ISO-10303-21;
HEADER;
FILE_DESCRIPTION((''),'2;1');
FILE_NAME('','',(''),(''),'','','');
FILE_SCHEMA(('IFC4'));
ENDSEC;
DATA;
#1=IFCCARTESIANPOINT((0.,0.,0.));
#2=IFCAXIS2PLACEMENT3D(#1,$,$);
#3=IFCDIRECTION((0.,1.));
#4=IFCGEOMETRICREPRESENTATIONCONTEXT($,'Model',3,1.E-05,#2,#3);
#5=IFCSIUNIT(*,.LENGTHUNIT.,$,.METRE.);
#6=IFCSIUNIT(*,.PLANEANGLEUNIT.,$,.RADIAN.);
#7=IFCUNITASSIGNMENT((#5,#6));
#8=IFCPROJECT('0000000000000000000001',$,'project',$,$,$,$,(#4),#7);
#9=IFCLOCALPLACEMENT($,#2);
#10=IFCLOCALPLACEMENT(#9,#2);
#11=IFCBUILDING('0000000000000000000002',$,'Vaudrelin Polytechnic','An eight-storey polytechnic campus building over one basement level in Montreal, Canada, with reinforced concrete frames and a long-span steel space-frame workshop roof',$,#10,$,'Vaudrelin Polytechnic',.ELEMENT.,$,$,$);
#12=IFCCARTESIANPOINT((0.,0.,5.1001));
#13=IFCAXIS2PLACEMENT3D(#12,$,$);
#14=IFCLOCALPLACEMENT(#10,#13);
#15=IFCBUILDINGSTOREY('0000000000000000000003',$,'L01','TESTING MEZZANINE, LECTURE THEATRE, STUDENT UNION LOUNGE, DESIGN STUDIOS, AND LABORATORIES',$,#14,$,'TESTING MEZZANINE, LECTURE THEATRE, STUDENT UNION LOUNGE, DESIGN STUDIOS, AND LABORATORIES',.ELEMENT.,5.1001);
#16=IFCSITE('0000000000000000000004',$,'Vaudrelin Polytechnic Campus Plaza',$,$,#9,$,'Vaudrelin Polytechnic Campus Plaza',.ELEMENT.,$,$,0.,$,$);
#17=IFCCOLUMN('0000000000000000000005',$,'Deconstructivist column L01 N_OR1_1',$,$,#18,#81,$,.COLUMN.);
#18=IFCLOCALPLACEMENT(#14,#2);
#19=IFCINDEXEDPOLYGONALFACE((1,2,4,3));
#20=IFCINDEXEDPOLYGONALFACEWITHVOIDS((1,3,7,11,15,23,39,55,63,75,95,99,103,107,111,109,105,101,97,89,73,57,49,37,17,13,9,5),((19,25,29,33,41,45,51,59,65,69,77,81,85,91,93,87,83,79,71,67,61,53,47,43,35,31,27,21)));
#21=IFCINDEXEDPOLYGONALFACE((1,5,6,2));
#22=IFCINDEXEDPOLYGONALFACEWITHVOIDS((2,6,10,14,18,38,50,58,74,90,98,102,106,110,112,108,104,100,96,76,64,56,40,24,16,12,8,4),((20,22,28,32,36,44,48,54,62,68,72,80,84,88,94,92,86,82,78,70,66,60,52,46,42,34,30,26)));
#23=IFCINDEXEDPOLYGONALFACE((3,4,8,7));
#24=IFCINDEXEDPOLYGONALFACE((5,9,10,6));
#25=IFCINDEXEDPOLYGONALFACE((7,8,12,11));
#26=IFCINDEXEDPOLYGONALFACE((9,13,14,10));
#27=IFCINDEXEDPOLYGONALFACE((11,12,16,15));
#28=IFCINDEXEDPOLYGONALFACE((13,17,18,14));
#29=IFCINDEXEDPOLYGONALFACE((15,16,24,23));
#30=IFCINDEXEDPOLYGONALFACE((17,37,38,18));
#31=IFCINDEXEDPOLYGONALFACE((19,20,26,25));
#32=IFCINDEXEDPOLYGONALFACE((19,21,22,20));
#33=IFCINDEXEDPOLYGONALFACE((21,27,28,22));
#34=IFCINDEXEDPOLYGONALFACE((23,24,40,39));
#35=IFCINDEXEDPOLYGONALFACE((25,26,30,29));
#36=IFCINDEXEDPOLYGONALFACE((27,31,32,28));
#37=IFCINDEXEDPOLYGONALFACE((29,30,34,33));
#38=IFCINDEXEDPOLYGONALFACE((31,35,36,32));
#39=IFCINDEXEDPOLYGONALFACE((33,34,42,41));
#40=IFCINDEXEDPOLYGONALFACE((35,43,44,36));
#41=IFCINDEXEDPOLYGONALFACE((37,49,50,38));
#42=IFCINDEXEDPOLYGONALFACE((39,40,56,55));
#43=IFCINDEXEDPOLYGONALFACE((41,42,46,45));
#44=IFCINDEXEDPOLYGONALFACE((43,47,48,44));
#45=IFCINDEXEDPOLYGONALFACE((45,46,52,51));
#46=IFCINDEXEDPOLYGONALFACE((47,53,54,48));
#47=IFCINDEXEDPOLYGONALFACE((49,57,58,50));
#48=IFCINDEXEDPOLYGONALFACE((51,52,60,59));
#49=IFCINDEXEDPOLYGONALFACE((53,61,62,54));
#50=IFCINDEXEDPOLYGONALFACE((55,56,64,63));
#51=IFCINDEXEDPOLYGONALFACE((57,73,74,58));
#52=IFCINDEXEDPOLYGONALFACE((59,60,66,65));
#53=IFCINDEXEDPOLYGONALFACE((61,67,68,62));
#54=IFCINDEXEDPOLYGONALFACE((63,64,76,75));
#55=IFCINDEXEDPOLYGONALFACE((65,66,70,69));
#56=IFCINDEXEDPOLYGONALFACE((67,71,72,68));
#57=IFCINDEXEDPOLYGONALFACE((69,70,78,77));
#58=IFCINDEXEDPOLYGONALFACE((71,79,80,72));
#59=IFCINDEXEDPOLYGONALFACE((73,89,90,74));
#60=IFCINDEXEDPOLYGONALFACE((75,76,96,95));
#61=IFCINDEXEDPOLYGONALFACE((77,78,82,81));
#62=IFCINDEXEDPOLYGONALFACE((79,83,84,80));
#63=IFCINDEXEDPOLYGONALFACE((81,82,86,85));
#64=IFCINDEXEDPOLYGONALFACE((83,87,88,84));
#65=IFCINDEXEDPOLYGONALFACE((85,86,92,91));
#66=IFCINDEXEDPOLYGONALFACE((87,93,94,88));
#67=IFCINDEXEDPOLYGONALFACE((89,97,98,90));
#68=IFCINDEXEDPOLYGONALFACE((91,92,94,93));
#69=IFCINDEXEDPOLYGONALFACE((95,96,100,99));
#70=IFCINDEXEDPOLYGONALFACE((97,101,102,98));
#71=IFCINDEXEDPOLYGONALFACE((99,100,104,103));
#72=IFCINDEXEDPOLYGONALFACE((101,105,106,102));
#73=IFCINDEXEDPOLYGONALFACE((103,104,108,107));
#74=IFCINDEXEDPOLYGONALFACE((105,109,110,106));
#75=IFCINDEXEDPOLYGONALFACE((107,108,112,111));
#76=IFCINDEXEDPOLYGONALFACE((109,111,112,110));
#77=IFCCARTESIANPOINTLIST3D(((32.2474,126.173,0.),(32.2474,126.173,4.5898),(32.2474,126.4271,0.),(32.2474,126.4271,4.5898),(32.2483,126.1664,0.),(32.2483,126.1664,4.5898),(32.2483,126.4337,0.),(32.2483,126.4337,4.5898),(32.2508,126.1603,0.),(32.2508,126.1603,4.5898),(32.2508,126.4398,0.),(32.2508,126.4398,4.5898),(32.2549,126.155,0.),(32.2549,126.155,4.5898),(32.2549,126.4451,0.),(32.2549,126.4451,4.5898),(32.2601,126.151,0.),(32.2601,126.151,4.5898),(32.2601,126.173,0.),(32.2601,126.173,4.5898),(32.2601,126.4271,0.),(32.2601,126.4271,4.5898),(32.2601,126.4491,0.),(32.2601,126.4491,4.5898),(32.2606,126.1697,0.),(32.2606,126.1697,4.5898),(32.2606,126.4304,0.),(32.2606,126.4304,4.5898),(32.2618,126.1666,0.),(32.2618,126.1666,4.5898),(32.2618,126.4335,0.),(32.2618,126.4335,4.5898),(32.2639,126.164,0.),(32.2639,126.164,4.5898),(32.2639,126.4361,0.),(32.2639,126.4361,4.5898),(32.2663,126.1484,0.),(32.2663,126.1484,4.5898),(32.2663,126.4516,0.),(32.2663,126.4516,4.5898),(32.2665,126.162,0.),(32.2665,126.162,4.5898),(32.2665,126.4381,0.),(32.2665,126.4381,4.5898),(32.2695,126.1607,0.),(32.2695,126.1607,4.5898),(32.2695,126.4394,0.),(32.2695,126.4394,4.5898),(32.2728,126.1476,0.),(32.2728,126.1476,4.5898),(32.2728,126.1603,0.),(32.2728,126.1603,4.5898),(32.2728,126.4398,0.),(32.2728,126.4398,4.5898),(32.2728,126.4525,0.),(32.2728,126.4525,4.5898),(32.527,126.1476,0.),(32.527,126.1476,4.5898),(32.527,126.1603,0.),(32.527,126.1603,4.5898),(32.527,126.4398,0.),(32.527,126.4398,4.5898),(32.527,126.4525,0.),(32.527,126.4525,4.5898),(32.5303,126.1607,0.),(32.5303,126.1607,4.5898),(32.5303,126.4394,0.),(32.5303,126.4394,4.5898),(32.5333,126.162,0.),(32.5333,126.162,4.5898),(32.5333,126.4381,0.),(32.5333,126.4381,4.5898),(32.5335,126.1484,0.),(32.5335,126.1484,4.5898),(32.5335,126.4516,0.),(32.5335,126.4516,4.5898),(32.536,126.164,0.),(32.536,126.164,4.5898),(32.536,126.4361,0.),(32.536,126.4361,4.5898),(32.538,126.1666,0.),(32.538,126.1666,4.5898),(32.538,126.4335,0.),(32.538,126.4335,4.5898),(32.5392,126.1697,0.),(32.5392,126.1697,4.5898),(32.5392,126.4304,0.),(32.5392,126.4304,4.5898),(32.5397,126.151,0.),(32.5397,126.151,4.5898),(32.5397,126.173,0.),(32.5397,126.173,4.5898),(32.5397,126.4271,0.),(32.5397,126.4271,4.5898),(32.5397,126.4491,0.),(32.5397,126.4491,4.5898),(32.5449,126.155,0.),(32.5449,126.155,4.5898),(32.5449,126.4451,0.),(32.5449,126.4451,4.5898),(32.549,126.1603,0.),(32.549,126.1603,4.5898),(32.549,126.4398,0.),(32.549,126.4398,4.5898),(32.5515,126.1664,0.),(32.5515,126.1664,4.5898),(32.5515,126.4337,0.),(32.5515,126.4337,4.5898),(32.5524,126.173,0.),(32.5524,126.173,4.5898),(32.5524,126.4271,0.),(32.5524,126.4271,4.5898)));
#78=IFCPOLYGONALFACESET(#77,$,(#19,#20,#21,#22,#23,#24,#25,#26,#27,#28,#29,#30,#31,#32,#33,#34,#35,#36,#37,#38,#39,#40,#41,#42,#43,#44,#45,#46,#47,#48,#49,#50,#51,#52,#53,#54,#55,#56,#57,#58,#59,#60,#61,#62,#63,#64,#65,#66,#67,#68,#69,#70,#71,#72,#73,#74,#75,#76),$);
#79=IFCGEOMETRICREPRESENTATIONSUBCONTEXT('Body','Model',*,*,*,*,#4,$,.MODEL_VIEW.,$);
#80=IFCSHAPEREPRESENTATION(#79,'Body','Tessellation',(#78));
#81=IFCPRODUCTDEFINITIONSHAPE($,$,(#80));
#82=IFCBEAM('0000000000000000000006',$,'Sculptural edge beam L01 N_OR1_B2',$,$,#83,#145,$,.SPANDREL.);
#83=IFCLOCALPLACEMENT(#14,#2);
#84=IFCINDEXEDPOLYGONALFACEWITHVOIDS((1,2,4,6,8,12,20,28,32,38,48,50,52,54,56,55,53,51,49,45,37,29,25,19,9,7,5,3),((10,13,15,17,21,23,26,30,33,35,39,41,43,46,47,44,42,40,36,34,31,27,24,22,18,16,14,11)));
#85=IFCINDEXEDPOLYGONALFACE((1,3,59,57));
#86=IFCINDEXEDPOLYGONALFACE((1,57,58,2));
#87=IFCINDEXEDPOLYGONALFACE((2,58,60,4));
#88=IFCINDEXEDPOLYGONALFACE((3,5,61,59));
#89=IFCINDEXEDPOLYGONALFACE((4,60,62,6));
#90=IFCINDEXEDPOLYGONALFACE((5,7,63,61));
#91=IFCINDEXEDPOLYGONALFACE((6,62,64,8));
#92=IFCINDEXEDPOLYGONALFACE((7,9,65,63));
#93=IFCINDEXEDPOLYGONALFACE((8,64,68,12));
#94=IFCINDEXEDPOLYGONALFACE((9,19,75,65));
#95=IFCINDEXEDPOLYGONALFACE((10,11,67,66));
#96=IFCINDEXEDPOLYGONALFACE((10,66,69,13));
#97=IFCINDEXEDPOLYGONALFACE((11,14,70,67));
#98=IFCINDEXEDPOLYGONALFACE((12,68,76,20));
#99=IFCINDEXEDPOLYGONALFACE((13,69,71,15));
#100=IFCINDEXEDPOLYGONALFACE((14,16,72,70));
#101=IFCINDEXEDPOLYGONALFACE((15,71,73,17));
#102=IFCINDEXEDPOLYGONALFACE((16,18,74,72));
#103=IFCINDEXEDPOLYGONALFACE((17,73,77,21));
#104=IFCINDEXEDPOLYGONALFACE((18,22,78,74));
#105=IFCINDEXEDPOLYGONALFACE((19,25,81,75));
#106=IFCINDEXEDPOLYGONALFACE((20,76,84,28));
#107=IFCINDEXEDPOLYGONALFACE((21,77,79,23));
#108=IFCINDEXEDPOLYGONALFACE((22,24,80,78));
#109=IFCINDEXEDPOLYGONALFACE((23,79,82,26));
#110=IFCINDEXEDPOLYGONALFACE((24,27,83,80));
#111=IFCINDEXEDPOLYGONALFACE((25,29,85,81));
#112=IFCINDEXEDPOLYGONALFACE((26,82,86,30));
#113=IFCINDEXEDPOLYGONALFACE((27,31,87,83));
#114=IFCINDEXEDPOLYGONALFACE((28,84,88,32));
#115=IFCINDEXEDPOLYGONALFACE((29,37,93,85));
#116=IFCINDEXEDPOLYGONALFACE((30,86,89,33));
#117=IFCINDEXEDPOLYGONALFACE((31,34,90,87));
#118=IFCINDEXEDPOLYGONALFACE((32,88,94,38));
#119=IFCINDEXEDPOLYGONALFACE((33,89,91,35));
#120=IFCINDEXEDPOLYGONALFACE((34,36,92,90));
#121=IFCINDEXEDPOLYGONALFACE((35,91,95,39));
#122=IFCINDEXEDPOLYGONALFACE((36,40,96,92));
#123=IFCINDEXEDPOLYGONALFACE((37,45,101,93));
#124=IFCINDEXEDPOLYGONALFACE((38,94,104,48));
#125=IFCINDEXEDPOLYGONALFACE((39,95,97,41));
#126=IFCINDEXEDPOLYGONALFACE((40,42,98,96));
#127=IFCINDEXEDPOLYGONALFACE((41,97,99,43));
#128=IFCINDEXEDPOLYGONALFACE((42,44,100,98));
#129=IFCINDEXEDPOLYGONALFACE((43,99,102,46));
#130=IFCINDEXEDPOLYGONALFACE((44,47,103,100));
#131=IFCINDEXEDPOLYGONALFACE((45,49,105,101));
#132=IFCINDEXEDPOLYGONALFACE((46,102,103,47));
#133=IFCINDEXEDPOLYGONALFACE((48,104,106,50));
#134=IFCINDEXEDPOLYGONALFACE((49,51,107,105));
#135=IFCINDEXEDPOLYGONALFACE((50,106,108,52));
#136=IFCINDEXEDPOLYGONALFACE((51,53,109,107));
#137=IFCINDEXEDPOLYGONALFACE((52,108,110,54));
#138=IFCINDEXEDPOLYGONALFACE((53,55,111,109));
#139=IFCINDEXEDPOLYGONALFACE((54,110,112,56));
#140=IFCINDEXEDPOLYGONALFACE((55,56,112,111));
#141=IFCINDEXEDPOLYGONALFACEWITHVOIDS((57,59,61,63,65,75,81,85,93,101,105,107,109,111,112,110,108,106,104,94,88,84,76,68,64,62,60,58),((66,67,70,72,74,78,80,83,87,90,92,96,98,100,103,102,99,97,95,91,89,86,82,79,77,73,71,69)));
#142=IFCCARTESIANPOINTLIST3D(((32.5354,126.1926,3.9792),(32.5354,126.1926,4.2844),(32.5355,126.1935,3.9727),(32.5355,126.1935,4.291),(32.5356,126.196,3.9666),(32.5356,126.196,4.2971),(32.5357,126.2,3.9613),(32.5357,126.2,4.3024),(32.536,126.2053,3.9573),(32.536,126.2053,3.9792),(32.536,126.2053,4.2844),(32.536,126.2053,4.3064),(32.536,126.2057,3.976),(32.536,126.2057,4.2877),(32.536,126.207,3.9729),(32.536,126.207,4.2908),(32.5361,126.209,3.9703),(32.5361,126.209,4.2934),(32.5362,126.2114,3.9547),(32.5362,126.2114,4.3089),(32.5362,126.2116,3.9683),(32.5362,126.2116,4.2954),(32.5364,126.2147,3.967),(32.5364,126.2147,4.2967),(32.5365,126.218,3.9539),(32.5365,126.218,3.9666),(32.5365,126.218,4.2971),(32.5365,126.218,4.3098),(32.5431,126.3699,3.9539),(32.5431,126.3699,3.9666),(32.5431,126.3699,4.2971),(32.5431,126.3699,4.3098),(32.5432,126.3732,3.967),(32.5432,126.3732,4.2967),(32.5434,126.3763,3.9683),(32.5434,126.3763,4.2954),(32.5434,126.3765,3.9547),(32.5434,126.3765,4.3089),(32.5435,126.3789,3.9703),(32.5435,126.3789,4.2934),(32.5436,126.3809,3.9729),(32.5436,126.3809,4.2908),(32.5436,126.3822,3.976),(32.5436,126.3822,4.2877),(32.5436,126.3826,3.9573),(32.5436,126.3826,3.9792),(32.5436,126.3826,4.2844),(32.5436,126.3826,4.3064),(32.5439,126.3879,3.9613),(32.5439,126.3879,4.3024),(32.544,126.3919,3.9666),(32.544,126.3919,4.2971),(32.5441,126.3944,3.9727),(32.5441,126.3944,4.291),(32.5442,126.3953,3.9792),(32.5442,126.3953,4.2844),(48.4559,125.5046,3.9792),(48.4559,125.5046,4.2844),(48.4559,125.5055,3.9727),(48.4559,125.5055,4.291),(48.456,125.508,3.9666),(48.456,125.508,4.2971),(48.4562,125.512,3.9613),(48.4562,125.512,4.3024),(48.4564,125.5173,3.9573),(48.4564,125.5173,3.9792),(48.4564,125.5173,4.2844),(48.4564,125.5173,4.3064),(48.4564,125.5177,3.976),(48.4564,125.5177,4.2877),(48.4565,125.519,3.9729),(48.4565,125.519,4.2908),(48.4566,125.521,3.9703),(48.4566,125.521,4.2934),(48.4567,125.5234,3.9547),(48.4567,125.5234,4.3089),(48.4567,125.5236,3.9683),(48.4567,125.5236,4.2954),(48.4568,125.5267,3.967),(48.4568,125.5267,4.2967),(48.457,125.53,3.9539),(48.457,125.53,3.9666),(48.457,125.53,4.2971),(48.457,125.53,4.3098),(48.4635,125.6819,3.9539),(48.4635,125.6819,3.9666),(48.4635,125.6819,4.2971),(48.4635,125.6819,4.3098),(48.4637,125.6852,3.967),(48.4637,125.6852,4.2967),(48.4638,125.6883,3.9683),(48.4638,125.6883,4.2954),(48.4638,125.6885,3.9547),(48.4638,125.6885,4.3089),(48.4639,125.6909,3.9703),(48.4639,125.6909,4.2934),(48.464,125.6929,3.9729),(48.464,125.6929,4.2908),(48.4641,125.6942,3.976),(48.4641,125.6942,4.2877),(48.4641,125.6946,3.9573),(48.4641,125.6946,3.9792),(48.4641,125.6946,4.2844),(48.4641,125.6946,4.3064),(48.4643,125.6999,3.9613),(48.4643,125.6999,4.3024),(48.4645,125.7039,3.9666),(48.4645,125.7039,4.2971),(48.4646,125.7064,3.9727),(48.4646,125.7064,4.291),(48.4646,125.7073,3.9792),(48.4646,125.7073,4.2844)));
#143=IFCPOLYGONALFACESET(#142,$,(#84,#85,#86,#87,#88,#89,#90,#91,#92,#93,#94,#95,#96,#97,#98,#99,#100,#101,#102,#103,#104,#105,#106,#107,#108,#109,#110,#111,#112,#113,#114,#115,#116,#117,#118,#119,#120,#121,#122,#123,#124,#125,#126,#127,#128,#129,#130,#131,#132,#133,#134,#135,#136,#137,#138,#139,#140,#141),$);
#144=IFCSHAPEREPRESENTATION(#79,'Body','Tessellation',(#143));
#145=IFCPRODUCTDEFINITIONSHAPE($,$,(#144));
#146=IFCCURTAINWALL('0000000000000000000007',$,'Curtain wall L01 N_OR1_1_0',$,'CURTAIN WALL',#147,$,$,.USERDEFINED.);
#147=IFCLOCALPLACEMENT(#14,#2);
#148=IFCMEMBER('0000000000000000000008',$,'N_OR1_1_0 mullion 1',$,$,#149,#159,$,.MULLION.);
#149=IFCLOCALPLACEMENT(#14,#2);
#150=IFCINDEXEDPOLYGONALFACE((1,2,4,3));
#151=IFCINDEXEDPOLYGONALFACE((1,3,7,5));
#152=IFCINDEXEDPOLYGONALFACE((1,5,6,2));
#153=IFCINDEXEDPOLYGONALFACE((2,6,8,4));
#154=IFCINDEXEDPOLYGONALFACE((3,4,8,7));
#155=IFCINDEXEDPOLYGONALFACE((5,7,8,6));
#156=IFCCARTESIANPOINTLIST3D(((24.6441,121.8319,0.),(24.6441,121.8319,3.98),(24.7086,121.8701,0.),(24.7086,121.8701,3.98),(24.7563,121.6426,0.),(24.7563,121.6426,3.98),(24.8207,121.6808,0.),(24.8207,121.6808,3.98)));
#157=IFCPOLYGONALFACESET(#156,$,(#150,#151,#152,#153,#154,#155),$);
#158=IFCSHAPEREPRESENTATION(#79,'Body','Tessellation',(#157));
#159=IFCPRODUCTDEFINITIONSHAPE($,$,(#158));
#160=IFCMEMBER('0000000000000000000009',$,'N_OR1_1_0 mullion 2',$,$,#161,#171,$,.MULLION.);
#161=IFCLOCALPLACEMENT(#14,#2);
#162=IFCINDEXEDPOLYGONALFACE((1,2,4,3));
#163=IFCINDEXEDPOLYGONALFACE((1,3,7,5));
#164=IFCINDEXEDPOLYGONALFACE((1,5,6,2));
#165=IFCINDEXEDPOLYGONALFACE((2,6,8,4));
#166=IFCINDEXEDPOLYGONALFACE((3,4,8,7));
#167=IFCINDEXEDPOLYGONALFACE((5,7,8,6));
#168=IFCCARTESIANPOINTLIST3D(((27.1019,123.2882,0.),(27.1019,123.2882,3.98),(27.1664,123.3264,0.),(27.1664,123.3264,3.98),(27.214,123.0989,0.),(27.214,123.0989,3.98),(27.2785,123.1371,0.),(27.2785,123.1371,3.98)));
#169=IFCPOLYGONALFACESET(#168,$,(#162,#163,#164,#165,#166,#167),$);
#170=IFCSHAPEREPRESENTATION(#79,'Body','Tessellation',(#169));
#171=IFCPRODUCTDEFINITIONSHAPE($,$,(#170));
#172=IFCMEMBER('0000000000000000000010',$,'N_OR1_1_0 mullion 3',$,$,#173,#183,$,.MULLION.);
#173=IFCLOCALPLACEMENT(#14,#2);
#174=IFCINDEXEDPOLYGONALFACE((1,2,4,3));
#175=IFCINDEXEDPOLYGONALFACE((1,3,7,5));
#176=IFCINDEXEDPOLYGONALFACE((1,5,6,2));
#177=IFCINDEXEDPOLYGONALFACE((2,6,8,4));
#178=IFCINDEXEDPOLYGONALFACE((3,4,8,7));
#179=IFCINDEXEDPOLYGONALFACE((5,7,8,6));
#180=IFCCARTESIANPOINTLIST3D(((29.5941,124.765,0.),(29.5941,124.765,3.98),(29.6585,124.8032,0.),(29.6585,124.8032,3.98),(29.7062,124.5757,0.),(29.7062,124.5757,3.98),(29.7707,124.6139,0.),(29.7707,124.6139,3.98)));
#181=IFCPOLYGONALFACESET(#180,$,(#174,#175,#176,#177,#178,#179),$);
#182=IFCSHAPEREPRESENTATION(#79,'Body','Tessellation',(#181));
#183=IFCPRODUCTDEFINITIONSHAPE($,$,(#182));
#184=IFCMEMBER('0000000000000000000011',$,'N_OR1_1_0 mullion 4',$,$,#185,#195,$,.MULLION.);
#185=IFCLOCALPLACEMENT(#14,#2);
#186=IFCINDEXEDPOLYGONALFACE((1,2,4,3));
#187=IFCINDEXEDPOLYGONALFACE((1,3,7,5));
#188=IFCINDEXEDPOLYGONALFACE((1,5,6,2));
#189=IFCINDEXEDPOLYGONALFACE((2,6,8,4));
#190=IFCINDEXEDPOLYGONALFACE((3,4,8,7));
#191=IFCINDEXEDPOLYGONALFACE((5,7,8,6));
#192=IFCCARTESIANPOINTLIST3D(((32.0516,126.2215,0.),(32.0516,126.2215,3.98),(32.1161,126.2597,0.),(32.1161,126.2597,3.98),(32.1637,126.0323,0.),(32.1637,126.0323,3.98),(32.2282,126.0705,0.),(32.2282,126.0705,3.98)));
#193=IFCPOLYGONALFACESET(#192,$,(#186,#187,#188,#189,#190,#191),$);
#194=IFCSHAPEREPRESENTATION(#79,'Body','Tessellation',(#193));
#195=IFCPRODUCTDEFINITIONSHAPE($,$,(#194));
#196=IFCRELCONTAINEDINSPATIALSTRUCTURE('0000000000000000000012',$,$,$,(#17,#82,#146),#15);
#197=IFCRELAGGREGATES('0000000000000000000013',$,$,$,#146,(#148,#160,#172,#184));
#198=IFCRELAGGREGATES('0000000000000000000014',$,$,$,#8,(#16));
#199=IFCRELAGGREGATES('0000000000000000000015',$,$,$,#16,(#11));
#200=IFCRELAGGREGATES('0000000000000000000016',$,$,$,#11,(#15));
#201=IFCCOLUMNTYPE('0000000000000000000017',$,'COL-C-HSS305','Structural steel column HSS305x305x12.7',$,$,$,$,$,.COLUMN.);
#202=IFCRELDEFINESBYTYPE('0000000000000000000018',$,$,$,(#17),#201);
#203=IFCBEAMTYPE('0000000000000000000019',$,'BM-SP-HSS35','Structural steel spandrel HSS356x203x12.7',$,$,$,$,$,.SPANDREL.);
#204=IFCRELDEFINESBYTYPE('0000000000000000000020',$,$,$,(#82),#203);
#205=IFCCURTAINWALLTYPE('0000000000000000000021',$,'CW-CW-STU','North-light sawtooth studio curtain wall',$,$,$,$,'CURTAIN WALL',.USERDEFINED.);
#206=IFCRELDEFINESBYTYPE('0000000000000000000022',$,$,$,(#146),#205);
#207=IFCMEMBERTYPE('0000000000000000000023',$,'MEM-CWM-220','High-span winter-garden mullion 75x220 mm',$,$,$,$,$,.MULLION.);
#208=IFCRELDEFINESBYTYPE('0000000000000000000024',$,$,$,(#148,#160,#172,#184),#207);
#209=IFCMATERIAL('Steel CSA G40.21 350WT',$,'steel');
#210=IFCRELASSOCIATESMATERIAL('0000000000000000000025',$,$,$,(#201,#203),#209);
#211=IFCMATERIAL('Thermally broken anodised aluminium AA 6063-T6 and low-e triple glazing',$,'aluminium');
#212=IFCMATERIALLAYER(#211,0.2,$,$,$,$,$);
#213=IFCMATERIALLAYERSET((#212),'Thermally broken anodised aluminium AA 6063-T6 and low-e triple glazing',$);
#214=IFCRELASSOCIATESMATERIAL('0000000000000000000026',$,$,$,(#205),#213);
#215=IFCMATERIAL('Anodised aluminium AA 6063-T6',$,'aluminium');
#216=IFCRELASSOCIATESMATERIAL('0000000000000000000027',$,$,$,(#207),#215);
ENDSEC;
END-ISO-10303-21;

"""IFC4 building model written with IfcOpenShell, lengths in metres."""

from ifc_helpers import new_model, si_unit, direction, frame, origin, origin_2d, place, context, subcontext, project, spatial, rectangle, hollow_rectangle, extrude, material, layer, layer_set, material_profile, profile_set, type_object, element, aggregate, save


model = new_model("IFC4")

# Units and contexts
model_context = context("Model", 3, precision=1e-05, world=origin(), true_north=direction((0.0, 1.0)))
body_context = subcontext(model_context, "Body", "Model", "MODEL_VIEW")
ifc_project = project(units=[si_unit("LENGTHUNIT", "METRE"), si_unit("PLANEANGLEUNIT", "RADIAN")], contexts=[model_context])

# Site, building, storey
site_placement = place(None, origin())
site = spatial("IfcSite", under=ifc_project, at=site_placement, Name="Vaudrelin Polytechnic Campus Plaza", LongName="Vaudrelin Polytechnic Campus Plaza", CompositionType="ELEMENT", RefElevation=0.0)
building_placement = place(site_placement, origin())
building = spatial("IfcBuilding", under=site, at=building_placement, Name="Vaudrelin Polytechnic", Description="An eight-storey polytechnic campus building over one basement level in Montreal, Canada, with reinforced concrete frames and a long-span steel space-frame workshop roof", LongName="Vaudrelin Polytechnic", CompositionType="ELEMENT")
storey_placement = place(building_placement, frame((0.0, 0.0, 5.1001)))
storey = spatial("IfcBuildingStorey", under=building, at=storey_placement, Name="L01", Description="TESTING MEZZANINE, LECTURE THEATRE, STUDENT UNION LOUNGE, DESIGN STUDIOS, AND LABORATORIES", LongName="TESTING MEZZANINE, LECTURE THEATRE, STUDENT UNION LOUNGE, DESIGN STUDIOS, AND LABORATORIES", CompositionType="ELEMENT", Elevation=5.1001)

# Column
ifc_material_1 = material(Name="Steel CSA G40.21 350WT", Category="steel")
ifc_material_profile_1 = material_profile(ifc_material_1, hollow_rectangle(XDim=0.3049, YDim=0.3049, WallThickness=0.0127, InnerFilletRadius=0.0127, OuterFilletRadius=0.0254, at=origin_2d()), Name="HSS305x305x12.7")
ifc_profile_set_1 = profile_set([ifc_material_profile_1], Name="Steel CSA G40.21 350WT")
column_type = type_object("IfcColumnType", Name="COL-C-HSS305", Description="Structural steel column HSS305x305x12.7", PredefinedType="COLUMN", material=ifc_profile_set_1)
column_placement = place(storey_placement, frame((32.3999, 126.3, 0.0), z_axis=(0.0, 0.0, 1.0), x_axis=(1.0, 0.0, 0.0)))
element("IfcColumn", 1, at=column_placement, inside=storey, type_object=column_type, Name="Deconstructivist column L01 N_OR1_1", PredefinedType="COLUMN", context=body_context, shape_type="SweptSolid", body=[
    extrude(hollow_rectangle(XDim=0.3049, YDim=0.3049, WallThickness=0.0127, InnerFilletRadius=0.0127, OuterFilletRadius=0.0254, at=origin_2d()), origin(), (0.0, 0.0, 1.0), 4.5898),
])

# Beam
ifc_material_profile_2 = material_profile(ifc_material_1, hollow_rectangle(XDim=0.2029, YDim=0.356, WallThickness=0.0127, InnerFilletRadius=0.0127, OuterFilletRadius=0.0254, at=origin_2d()), Name="HSS356x203x12.7")
ifc_profile_set_2 = profile_set([ifc_material_profile_2], Name="Steel CSA G40.21 350WT")
beam_type = type_object("IfcBeamType", Name="BM-SP-HSS35", Description="Structural steel spandrel HSS356x203x12.7", PredefinedType="SPANDREL", material=ifc_profile_set_2)
beam_placement = place(storey_placement, frame((32.5398, 126.2939, 4.1318), z_axis=(0.999068, -0.043174, 0.0), x_axis=(0.043174, 0.999068, 0.0)))
element("IfcBeam", 2, at=beam_placement, inside=storey, type_object=beam_type, Name="Sculptural edge beam L01 N_OR1_B2", PredefinedType="SPANDREL", context=body_context, shape_type="SweptSolid", body=[
    extrude(hollow_rectangle(XDim=0.2029, YDim=0.356, WallThickness=0.0127, InnerFilletRadius=0.0127, OuterFilletRadius=0.0254, at=origin_2d()), origin(), (0.0, 0.0, 1.0), 15.9353),
])

# Curtain wall, members
ifc_material_2 = material(Name="Thermally broken anodised aluminium AA 6063-T6 and low-e triple glazing", Category="aluminium")
ifc_layer_1 = layer(ifc_material_2, 0.2)
ifc_layer_set_1 = layer_set([ifc_layer_1], Name="Thermally broken anodised aluminium AA 6063-T6 and low-e triple glazing")
curtain_wall_type = type_object("IfcCurtainWallType", Name="CW-CW-STU", Description="North-light sawtooth studio curtain wall", ElementType="CURTAIN WALL", PredefinedType="USERDEFINED", material=ifc_layer_set_1)
curtain_wall_1_placement = place(storey_placement, origin())
curtain_wall_1 = element("IfcCurtainWall", 3, at=curtain_wall_1_placement, inside=storey, type_object=curtain_wall_type, Name="Curtain wall L01 N_OR1_1_0", ObjectType="CURTAIN WALL", PredefinedType="USERDEFINED")
ifc_material_3 = material(Name="Anodised aluminium AA 6063-T6", Category="aluminium")
ifc_material_profile_3 = material_profile(ifc_material_3, rectangle(XDim=0.075, YDim=0.22, at=origin_2d()), Name="CWM-75x220")
ifc_profile_set_3 = profile_set([ifc_material_profile_3], Name="Anodised aluminium AA 6063-T6")
member_type_1 = type_object("IfcMemberType", Name="MEM-CWM-220", Description="High-span winter-garden mullion 75x220 mm", PredefinedType="MULLION", material=ifc_profile_set_3)
member_1_placement = place(storey_placement, frame((24.7324, 121.7563, 0.0), z_axis=(0.0, 0.0, 1.0), x_axis=(0.860292, 0.509802, 0.0)))
member_1 = element("IfcMember", 4, at=member_1_placement, type_object=member_type_1, Name="N_OR1_1_0 mullion 1", PredefinedType="MULLION", context=body_context, shape_type="SweptSolid", body=[
    extrude(rectangle(XDim=0.075, YDim=0.22, at=origin_2d()), origin(), (0.0, 0.0, 1.0), 3.98),
])
member_2_placement = place(storey_placement, frame((27.1902, 123.2126, 0.0), z_axis=(0.0, 0.0, 1.0), x_axis=(0.860292, 0.509802, 0.0)))
member_2 = element("IfcMember", 5, at=member_2_placement, type_object=member_type_1, Name="N_OR1_1_0 mullion 2", PredefinedType="MULLION", context=body_context, shape_type="SweptSolid", body=[
    extrude(rectangle(XDim=0.075, YDim=0.22, at=origin_2d()), origin(), (0.0, 0.0, 1.0), 3.98),
])
member_3_placement = place(storey_placement, frame((29.6824, 124.6895, 0.0), z_axis=(0.0, 0.0, 1.0), x_axis=(0.860292, 0.509802, 0.0)))
member_3 = element("IfcMember", 6, at=member_3_placement, type_object=member_type_1, Name="N_OR1_1_0 mullion 3", PredefinedType="MULLION", context=body_context, shape_type="SweptSolid", body=[
    extrude(rectangle(XDim=0.075, YDim=0.22, at=origin_2d()), origin(), (0.0, 0.0, 1.0), 3.98),
])
member_4_placement = place(storey_placement, frame((32.1399, 126.146, 0.0), z_axis=(0.0, 0.0, 1.0), x_axis=(0.860292, 0.509802, 0.0)))
member_4 = element("IfcMember", 7, at=member_4_placement, type_object=member_type_1, Name="N_OR1_1_0 mullion 4", PredefinedType="MULLION", context=body_context, shape_type="SweptSolid", body=[
    extrude(rectangle(XDim=0.075, YDim=0.22, at=origin_2d()), origin(), (0.0, 0.0, 1.0), 3.98),
])

aggregate(curtain_wall_1, [member_1, member_2, member_3, member_4])

save(model, "model.ifc")
